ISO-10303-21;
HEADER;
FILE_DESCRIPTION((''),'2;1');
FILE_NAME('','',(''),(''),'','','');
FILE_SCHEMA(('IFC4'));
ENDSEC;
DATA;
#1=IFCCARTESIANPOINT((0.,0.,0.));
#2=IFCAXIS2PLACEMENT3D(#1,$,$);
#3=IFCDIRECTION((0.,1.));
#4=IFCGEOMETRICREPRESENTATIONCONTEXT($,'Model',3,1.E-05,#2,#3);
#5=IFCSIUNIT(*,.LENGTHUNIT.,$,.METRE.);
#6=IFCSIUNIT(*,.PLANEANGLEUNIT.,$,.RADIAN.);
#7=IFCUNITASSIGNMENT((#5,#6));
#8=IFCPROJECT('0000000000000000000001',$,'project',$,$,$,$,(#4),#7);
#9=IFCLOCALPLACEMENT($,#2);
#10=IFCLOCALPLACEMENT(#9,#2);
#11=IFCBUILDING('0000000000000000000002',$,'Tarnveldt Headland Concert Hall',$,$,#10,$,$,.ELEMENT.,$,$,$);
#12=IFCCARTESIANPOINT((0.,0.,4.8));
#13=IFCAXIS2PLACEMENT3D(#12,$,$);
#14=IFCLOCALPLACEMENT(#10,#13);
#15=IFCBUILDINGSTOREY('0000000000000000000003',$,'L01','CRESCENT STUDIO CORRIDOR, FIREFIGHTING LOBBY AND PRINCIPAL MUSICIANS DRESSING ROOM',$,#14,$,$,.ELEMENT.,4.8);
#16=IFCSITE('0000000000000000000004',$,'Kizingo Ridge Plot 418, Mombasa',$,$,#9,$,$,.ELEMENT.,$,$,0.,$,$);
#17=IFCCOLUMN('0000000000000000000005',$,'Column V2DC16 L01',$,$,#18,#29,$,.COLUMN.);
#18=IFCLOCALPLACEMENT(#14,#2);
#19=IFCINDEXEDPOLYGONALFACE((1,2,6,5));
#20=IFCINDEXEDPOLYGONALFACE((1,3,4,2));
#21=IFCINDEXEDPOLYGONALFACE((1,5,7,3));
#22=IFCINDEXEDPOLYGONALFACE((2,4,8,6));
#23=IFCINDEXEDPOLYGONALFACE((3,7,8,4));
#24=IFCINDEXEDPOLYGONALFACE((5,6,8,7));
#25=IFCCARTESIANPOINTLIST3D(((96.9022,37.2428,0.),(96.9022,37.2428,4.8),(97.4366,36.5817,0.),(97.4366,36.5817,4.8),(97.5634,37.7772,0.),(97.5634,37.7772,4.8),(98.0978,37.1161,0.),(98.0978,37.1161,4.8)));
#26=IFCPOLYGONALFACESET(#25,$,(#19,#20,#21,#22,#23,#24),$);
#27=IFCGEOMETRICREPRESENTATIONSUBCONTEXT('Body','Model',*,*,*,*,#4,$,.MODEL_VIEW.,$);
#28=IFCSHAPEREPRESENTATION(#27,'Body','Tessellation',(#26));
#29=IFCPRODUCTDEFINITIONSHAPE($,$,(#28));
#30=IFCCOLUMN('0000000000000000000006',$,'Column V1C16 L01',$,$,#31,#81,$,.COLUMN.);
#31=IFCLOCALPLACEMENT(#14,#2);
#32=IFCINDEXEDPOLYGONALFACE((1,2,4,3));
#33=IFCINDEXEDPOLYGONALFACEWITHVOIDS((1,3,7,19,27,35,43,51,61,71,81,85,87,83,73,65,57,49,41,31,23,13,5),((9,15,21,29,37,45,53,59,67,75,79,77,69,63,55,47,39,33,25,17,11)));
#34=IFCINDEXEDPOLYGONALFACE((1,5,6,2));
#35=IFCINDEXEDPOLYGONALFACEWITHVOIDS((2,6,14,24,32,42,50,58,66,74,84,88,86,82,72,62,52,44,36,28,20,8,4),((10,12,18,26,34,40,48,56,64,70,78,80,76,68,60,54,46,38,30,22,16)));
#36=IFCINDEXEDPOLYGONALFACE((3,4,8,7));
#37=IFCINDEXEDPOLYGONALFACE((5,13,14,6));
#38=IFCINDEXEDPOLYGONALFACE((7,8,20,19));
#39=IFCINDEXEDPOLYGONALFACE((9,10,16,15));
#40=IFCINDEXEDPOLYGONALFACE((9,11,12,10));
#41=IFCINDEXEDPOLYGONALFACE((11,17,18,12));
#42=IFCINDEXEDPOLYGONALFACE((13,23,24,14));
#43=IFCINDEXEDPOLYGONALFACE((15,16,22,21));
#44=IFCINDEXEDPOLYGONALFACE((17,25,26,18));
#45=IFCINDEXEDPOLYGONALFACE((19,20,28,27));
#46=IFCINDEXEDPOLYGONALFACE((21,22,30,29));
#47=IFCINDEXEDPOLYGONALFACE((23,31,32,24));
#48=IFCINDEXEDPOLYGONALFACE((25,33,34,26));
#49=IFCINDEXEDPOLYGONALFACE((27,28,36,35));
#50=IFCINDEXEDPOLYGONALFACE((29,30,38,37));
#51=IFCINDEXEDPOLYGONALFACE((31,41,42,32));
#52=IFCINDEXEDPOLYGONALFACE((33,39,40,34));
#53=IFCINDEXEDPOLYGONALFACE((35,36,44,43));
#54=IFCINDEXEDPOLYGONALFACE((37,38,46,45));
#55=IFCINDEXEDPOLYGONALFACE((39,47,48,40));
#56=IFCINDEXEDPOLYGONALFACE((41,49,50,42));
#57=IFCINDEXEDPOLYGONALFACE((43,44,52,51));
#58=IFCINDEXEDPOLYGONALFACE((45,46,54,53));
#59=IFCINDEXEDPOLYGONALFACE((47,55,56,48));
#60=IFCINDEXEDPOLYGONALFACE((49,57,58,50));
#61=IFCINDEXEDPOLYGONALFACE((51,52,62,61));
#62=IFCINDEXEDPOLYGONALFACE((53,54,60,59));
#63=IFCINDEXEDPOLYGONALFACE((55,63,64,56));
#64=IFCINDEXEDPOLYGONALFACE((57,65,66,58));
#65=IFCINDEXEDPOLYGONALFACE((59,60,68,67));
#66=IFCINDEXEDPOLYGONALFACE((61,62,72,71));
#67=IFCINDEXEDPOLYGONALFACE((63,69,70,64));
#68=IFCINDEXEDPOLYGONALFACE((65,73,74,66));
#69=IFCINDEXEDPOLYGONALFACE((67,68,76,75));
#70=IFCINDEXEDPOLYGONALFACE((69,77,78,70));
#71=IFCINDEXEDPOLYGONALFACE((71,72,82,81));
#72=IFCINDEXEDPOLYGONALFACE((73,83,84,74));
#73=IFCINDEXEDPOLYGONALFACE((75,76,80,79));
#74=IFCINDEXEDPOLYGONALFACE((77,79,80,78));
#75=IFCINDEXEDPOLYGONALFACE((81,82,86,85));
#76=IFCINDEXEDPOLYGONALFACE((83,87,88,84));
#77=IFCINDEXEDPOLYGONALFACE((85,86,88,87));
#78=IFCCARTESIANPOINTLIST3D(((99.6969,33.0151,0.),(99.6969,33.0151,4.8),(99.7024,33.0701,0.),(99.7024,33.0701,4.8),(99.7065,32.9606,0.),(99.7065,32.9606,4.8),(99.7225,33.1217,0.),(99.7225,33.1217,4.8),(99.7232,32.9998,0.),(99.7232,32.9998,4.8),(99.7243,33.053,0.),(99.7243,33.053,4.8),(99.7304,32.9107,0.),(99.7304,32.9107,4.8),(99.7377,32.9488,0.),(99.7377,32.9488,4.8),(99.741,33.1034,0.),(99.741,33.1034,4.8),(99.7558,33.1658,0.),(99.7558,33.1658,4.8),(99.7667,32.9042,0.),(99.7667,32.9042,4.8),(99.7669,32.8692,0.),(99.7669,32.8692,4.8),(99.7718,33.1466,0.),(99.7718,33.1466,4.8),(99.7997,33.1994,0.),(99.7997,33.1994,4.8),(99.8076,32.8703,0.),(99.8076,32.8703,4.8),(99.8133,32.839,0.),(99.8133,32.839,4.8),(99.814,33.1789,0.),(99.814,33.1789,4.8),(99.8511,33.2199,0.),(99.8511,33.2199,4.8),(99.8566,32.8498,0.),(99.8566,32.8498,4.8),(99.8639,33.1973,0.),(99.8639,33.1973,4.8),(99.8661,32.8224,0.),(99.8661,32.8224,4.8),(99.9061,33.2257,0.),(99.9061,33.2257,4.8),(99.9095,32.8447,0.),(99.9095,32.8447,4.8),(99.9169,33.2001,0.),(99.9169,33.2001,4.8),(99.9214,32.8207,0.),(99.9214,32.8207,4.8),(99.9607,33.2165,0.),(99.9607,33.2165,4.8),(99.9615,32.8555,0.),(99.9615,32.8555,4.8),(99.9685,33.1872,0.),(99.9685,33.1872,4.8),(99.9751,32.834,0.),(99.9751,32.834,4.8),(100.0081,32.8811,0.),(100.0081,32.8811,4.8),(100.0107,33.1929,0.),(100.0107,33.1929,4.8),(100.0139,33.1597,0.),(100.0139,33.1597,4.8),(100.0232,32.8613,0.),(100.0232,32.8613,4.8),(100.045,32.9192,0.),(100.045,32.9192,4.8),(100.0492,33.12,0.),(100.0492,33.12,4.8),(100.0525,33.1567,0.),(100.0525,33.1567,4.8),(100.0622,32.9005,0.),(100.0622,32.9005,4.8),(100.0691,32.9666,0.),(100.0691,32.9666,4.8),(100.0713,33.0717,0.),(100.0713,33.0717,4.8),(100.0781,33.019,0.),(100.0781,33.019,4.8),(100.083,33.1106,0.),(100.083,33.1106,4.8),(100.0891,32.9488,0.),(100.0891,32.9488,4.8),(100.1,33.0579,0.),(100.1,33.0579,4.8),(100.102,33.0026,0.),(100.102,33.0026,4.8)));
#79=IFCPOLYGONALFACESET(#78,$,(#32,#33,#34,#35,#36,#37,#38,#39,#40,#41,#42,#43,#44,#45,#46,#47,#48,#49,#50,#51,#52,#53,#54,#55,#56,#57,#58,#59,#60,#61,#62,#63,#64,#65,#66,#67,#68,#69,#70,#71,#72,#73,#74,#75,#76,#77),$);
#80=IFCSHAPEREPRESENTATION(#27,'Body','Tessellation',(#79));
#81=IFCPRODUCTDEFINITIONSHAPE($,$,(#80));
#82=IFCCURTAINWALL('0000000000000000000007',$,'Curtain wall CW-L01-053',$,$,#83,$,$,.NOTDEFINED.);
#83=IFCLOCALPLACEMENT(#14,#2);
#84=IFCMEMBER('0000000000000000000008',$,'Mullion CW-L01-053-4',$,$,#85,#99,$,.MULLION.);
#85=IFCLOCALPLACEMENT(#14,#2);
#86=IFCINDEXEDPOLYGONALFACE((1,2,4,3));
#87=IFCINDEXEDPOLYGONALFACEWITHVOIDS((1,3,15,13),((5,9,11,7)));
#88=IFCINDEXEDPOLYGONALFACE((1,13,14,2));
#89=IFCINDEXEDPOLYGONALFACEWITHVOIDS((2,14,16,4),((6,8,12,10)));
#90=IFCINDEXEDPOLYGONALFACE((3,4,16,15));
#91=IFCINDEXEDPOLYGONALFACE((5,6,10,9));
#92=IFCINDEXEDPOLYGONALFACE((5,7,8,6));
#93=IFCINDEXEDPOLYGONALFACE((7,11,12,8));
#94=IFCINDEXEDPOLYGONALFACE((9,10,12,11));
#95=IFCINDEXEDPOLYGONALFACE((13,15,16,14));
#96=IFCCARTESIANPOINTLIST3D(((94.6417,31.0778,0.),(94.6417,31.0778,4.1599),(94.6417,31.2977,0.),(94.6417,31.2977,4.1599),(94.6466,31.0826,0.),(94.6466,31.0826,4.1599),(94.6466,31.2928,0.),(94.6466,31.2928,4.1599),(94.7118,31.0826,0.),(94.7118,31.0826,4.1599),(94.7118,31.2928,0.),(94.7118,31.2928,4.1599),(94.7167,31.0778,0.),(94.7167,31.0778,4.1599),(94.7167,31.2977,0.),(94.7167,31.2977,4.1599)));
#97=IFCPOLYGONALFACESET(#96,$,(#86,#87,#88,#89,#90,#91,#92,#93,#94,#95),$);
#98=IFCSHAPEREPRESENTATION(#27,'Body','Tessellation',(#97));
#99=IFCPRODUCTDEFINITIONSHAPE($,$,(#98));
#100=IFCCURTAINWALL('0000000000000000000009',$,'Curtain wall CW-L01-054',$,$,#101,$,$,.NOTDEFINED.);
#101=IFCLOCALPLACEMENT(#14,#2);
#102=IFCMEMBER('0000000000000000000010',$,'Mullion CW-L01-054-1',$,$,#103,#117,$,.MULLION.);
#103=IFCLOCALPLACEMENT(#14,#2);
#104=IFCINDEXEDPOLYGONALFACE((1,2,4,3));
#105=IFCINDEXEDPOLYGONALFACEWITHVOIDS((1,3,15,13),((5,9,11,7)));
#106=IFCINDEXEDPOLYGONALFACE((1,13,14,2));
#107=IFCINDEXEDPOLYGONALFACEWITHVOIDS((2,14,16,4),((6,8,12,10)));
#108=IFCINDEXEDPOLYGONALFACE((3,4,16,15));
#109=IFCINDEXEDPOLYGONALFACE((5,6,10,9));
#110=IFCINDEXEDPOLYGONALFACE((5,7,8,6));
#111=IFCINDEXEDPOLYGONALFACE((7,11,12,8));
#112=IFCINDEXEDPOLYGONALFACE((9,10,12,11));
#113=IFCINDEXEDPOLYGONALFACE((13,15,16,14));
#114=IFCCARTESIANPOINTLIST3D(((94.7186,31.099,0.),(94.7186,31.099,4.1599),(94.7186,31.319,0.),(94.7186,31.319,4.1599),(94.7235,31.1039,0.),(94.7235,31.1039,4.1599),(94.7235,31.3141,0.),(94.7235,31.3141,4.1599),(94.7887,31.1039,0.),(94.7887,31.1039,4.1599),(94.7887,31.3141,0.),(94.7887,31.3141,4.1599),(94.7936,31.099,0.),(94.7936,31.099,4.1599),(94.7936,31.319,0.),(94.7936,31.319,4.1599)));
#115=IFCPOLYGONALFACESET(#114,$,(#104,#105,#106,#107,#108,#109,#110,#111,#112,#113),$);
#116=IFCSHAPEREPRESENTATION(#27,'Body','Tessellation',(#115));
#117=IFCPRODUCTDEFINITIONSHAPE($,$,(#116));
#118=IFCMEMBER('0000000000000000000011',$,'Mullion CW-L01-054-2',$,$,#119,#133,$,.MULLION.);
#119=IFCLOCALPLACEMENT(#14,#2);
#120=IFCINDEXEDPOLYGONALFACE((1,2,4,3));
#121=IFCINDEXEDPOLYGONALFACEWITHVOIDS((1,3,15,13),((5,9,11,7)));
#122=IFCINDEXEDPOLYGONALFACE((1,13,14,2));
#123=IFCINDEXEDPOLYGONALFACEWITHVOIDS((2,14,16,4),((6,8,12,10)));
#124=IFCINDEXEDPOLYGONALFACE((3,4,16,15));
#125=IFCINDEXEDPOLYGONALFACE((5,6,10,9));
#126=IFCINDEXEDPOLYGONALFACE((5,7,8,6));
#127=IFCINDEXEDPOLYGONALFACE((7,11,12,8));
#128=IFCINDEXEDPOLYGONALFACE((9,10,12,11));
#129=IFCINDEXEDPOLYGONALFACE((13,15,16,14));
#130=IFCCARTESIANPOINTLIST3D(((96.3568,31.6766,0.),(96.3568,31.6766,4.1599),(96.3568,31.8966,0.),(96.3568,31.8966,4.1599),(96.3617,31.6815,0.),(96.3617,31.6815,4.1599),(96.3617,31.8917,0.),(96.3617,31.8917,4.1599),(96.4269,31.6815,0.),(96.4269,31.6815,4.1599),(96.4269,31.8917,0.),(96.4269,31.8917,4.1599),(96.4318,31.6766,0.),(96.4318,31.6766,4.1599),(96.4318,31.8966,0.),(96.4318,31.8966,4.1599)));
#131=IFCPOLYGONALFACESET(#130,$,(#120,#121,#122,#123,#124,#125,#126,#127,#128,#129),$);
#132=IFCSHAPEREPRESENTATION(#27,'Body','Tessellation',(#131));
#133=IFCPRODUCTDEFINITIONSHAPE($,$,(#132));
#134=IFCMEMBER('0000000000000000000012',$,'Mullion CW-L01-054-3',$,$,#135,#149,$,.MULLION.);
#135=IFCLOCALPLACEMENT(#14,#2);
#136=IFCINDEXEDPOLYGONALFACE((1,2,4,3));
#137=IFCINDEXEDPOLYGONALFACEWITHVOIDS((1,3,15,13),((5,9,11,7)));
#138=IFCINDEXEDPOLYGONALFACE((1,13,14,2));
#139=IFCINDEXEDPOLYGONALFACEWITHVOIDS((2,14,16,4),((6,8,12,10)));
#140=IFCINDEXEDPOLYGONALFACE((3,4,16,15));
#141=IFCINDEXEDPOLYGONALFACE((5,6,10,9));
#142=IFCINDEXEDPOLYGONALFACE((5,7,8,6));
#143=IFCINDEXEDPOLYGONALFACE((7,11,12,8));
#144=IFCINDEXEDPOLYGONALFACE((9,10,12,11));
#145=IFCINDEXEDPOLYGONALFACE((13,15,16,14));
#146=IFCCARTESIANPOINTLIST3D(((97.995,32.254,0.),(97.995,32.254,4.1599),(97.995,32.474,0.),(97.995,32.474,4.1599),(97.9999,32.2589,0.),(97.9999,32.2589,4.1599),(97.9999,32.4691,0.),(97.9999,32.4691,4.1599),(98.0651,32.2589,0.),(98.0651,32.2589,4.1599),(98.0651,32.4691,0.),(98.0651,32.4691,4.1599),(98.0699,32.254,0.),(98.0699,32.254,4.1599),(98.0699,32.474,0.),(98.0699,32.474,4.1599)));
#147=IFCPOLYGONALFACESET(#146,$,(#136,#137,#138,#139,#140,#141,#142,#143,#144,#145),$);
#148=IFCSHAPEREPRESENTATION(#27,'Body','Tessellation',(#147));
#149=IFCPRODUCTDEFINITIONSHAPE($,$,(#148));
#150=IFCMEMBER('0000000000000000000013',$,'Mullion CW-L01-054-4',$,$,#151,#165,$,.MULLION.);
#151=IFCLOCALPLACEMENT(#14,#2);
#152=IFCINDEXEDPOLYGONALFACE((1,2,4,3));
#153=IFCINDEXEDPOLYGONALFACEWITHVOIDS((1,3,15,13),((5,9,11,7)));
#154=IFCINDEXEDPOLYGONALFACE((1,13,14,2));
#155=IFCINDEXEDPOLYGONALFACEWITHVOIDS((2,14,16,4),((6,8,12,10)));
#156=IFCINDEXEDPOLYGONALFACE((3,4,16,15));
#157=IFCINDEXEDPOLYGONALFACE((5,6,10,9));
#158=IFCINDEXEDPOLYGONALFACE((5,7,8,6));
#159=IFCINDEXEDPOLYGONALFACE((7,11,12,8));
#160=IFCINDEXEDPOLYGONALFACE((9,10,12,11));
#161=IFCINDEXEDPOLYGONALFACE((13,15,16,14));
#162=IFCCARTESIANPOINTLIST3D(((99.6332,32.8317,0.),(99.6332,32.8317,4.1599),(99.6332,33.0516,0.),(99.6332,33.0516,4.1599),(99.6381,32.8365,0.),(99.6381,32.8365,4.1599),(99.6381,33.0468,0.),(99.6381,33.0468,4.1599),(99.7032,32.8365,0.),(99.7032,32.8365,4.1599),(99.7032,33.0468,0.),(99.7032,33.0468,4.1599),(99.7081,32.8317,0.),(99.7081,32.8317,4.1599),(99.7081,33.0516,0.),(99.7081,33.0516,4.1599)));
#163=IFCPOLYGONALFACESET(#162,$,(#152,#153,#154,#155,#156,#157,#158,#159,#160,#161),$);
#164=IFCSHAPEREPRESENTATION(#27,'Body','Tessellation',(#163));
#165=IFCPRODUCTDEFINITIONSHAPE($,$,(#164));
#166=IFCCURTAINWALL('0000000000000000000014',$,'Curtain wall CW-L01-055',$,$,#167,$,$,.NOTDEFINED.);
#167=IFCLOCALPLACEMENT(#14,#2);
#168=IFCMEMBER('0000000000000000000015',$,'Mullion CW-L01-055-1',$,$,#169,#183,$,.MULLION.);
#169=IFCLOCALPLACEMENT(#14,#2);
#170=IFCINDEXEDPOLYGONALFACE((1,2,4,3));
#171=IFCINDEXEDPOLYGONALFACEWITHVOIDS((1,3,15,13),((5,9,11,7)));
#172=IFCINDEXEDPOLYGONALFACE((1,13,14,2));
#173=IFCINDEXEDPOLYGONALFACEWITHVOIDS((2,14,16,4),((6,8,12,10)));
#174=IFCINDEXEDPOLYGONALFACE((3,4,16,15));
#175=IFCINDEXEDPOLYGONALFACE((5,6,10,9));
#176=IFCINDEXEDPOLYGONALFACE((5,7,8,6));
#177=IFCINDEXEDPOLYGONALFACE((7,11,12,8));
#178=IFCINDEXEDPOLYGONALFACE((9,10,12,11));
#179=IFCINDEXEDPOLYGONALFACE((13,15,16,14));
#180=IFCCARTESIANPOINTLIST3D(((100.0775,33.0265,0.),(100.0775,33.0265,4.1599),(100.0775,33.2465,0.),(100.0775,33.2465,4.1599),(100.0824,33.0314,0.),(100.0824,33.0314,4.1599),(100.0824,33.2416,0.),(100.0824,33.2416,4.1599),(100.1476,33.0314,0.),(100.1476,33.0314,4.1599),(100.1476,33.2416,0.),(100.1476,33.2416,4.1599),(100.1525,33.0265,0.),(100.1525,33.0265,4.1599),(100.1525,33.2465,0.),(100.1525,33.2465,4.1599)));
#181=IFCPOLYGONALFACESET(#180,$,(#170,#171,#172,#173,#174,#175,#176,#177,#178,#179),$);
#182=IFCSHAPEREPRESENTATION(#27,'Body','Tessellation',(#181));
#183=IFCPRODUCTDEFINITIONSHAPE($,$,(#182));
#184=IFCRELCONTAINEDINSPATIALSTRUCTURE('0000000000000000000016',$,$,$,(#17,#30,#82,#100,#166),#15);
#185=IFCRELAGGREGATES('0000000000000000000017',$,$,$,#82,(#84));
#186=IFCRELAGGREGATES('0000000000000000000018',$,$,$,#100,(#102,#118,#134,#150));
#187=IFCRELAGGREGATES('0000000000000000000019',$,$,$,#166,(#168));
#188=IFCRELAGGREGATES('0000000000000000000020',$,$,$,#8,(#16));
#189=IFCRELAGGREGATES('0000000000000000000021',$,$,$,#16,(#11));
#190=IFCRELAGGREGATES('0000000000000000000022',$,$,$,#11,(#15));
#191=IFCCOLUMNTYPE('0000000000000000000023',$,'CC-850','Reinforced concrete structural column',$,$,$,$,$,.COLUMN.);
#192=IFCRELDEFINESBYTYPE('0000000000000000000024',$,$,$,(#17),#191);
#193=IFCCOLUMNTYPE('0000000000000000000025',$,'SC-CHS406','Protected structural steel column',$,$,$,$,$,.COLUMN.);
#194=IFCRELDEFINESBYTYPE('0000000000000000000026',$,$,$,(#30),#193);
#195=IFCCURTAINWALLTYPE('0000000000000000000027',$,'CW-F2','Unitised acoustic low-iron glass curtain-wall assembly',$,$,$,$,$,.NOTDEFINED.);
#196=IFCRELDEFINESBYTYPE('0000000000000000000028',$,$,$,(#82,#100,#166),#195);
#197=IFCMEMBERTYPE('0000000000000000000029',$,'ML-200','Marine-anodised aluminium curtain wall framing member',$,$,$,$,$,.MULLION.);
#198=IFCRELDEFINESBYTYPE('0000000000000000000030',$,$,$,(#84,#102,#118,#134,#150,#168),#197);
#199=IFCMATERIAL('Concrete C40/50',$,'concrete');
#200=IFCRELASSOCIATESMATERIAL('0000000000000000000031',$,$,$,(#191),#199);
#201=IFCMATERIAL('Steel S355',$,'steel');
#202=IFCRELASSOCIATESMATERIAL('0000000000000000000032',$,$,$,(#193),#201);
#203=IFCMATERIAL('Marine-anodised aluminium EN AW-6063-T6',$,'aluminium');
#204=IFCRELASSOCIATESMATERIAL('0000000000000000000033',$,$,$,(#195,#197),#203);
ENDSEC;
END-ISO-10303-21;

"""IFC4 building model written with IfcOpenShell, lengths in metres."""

from ifc_helpers import new_model, si_unit, direction, frame, origin, origin_2d, place, context, subcontext, project, spatial, rectangle, hollow_rectangle, hollow_circle, extrude, material, material_profile, profile_set, type_object, element, aggregate, save


model = new_model("IFC4")

# Units and contexts
model_context = context("Model", 3, precision=1e-05, world=origin(), true_north=direction((0.0, 1.0)))
body_context = subcontext(model_context, "Body", "Model", "MODEL_VIEW")
ifc_project = project(units=[si_unit("LENGTHUNIT", "METRE"), si_unit("PLANEANGLEUNIT", "RADIAN")], contexts=[model_context])

# Site, building, storey
site_placement = place(None, origin())
site = spatial("IfcSite", under=ifc_project, at=site_placement, Name="Kizingo Ridge Plot 418, Mombasa", CompositionType="ELEMENT", RefElevation=0.0)
building_placement = place(site_placement, origin())
building = spatial("IfcBuilding", under=site, at=building_placement, Name="Tarnveldt Headland Concert Hall", CompositionType="ELEMENT")
storey_placement = place(building_placement, frame((0.0, 0.0, 4.8)))
storey = spatial("IfcBuildingStorey", under=building, at=storey_placement, Name="L01", Description="CRESCENT STUDIO CORRIDOR, FIREFIGHTING LOBBY AND PRINCIPAL MUSICIANS DRESSING ROOM", CompositionType="ELEMENT", Elevation=4.8)

# Columns
ifc_material_1 = material(Name="Concrete C40/50", Category="concrete")
ifc_material_profile_1 = material_profile(ifc_material_1, rectangle(XDim=0.8501, YDim=0.8501, at=origin_2d()), Name="RC 850x850", Category="concrete")
ifc_profile_set_1 = profile_set([ifc_material_profile_1], Name="Concrete C40/50")
column_type_1 = type_object("IfcColumnType", Name="CC-850", Description="Reinforced concrete structural column", PredefinedType="COLUMN", material=ifc_profile_set_1)
column_1_placement = place(storey_placement, frame((97.5, 37.1794, 0.0), z_axis=(0.0, 0.0, 1.0), x_axis=(0.628642, -0.777695, 0.0)))
element("IfcColumn", 1, at=column_1_placement, inside=storey, type_object=column_type_1, Name="Column V2DC16 L01", PredefinedType="COLUMN", context=body_context, shape_type="SweptSolid", body=[
    extrude(rectangle(XDim=0.8501, YDim=0.8501, at=origin_2d()), origin(), (0.0, 0.0, 1.0), 4.8),
])
ifc_material_2 = material(Name="Steel S355", Category="steel")
ifc_material_profile_2 = material_profile(ifc_material_2, hollow_circle(Radius=0.2031, WallThickness=0.0249, at=origin_2d()), Name="CHS 406.4x25", Category="steel")
ifc_profile_set_2 = profile_set([ifc_material_profile_2], Name="Steel S355")
column_type_2 = type_object("IfcColumnType", Name="SC-CHS406", Description="Protected structural steel column", PredefinedType="COLUMN", material=ifc_profile_set_2)
column_2_placement = place(storey_placement, frame((99.8999, 33.0227, 0.0), z_axis=(0.0, 0.0, 1.0), x_axis=(0.60696, -0.794733, 0.0)))
element("IfcColumn", 2, at=column_2_placement, inside=storey, type_object=column_type_2, Name="Column V1C16 L01", PredefinedType="COLUMN", context=body_context, shape_type="SweptSolid", body=[
    extrude(hollow_circle(Radius=0.2031, WallThickness=0.0249, at=origin_2d()), origin(), (0.0, 0.0, 1.0), 4.8),
])

# Curtain wall, member
ifc_material_3 = material(Name="Marine-anodised aluminium EN AW-6063-T6", Category="aluminium")
curtain_wall_type = type_object("IfcCurtainWallType", Name="CW-F2", Description="Unitised acoustic low-iron glass curtain-wall assembly", PredefinedType="NOTDEFINED", material=ifc_material_3)
curtain_wall_1_placement = place(storey_placement, origin())
curtain_wall_1 = element("IfcCurtainWall", 3, at=curtain_wall_1_placement, inside=storey, type_object=curtain_wall_type, Name="Curtain wall CW-L01-053", PredefinedType="NOTDEFINED")
ifc_material_profile_3 = material_profile(ifc_material_3, hollow_rectangle(XDim=0.075, YDim=0.22, WallThickness=0.0049, at=origin_2d()), Name="ALU MULLION 75x220x5", Category="aluminium")
ifc_profile_set_3 = profile_set([ifc_material_profile_3], Name="Marine-anodised aluminium EN AW-6063-T6")
member_type_1 = type_object("IfcMemberType", Name="ML-200", Description="Marine-anodised aluminium curtain wall framing member", PredefinedType="MULLION", material=ifc_profile_set_3)
member_1_placement = place(storey_placement, frame((94.6792, 31.1877, 0.0), z_axis=(0.0, 0.0, 1.0), x_axis=(1.0, 0.0, 0.0)))
member_1 = element("IfcMember", 4, at=member_1_placement, type_object=member_type_1, Name="Mullion CW-L01-053-4", PredefinedType="MULLION", context=body_context, shape_type="SweptSolid", body=[
    extrude(hollow_rectangle(XDim=0.075, YDim=0.22, WallThickness=0.0049, at=origin_2d()), origin(), (0.0, 0.0, 1.0), 4.1599),
])

# Curtain wall, members
curtain_wall_2_placement = place(storey_placement, origin())
curtain_wall_2 = element("IfcCurtainWall", 5, at=curtain_wall_2_placement, inside=storey, type_object=curtain_wall_type, Name="Curtain wall CW-L01-054", PredefinedType="NOTDEFINED")
member_2_placement = place(storey_placement, frame((94.7561, 31.209, 0.0), z_axis=(0.0, 0.0, 1.0), x_axis=(1.0, 0.0, 0.0)))
member_2 = element("IfcMember", 6, at=member_2_placement, type_object=member_type_1, Name="Mullion CW-L01-054-1", PredefinedType="MULLION", context=body_context, shape_type="SweptSolid", body=[
    extrude(hollow_rectangle(XDim=0.075, YDim=0.22, WallThickness=0.0049, at=origin_2d()), origin(), (0.0, 0.0, 1.0), 4.1599),
])
member_3_placement = place(storey_placement, frame((96.3943, 31.7866, 0.0), z_axis=(0.0, 0.0, 1.0), x_axis=(1.0, 0.0, 0.0)))
member_3 = element("IfcMember", 7, at=member_3_placement, type_object=member_type_1, Name="Mullion CW-L01-054-2", PredefinedType="MULLION", context=body_context, shape_type="SweptSolid", body=[
    extrude(hollow_rectangle(XDim=0.075, YDim=0.22, WallThickness=0.0049, at=origin_2d()), origin(), (0.0, 0.0, 1.0), 4.1599),
])
member_4_placement = place(storey_placement, frame((98.0325, 32.364, 0.0), z_axis=(0.0, 0.0, 1.0), x_axis=(1.0, 0.0, 0.0)))
member_4 = element("IfcMember", 8, at=member_4_placement, type_object=member_type_1, Name="Mullion CW-L01-054-3", PredefinedType="MULLION", context=body_context, shape_type="SweptSolid", body=[
    extrude(hollow_rectangle(XDim=0.075, YDim=0.22, WallThickness=0.0049, at=origin_2d()), origin(), (0.0, 0.0, 1.0), 4.1599),
])
member_5_placement = place(storey_placement, frame((99.6707, 32.9417, 0.0), z_axis=(0.0, 0.0, 1.0), x_axis=(1.0, 0.0, 0.0)))
member_5 = element("IfcMember", 9, at=member_5_placement, type_object=member_type_1, Name="Mullion CW-L01-054-4", PredefinedType="MULLION", context=body_context, shape_type="SweptSolid", body=[
    extrude(hollow_rectangle(XDim=0.075, YDim=0.22, WallThickness=0.0049, at=origin_2d()), origin(), (0.0, 0.0, 1.0), 4.1599),
])

# Curtain wall, member
curtain_wall_3_placement = place(storey_placement, origin())
curtain_wall_3 = element("IfcCurtainWall", 10, at=curtain_wall_3_placement, inside=storey, type_object=curtain_wall_type, Name="Curtain wall CW-L01-055", PredefinedType="NOTDEFINED")
member_6_placement = place(storey_placement, frame((100.115, 33.1365, 0.0), z_axis=(0.0, 0.0, 1.0), x_axis=(1.0, 0.0, 0.0)))
member_6 = element("IfcMember", 11, at=member_6_placement, type_object=member_type_1, Name="Mullion CW-L01-055-1", PredefinedType="MULLION", context=body_context, shape_type="SweptSolid", body=[
    extrude(hollow_rectangle(XDim=0.075, YDim=0.22, WallThickness=0.0049, at=origin_2d()), origin(), (0.0, 0.0, 1.0), 4.1599),
])

aggregate(curtain_wall_1, [member_1])
aggregate(curtain_wall_2, [member_2, member_3, member_4, member_5])
aggregate(curtain_wall_3, [member_6])

save(model, "model.ifc")
